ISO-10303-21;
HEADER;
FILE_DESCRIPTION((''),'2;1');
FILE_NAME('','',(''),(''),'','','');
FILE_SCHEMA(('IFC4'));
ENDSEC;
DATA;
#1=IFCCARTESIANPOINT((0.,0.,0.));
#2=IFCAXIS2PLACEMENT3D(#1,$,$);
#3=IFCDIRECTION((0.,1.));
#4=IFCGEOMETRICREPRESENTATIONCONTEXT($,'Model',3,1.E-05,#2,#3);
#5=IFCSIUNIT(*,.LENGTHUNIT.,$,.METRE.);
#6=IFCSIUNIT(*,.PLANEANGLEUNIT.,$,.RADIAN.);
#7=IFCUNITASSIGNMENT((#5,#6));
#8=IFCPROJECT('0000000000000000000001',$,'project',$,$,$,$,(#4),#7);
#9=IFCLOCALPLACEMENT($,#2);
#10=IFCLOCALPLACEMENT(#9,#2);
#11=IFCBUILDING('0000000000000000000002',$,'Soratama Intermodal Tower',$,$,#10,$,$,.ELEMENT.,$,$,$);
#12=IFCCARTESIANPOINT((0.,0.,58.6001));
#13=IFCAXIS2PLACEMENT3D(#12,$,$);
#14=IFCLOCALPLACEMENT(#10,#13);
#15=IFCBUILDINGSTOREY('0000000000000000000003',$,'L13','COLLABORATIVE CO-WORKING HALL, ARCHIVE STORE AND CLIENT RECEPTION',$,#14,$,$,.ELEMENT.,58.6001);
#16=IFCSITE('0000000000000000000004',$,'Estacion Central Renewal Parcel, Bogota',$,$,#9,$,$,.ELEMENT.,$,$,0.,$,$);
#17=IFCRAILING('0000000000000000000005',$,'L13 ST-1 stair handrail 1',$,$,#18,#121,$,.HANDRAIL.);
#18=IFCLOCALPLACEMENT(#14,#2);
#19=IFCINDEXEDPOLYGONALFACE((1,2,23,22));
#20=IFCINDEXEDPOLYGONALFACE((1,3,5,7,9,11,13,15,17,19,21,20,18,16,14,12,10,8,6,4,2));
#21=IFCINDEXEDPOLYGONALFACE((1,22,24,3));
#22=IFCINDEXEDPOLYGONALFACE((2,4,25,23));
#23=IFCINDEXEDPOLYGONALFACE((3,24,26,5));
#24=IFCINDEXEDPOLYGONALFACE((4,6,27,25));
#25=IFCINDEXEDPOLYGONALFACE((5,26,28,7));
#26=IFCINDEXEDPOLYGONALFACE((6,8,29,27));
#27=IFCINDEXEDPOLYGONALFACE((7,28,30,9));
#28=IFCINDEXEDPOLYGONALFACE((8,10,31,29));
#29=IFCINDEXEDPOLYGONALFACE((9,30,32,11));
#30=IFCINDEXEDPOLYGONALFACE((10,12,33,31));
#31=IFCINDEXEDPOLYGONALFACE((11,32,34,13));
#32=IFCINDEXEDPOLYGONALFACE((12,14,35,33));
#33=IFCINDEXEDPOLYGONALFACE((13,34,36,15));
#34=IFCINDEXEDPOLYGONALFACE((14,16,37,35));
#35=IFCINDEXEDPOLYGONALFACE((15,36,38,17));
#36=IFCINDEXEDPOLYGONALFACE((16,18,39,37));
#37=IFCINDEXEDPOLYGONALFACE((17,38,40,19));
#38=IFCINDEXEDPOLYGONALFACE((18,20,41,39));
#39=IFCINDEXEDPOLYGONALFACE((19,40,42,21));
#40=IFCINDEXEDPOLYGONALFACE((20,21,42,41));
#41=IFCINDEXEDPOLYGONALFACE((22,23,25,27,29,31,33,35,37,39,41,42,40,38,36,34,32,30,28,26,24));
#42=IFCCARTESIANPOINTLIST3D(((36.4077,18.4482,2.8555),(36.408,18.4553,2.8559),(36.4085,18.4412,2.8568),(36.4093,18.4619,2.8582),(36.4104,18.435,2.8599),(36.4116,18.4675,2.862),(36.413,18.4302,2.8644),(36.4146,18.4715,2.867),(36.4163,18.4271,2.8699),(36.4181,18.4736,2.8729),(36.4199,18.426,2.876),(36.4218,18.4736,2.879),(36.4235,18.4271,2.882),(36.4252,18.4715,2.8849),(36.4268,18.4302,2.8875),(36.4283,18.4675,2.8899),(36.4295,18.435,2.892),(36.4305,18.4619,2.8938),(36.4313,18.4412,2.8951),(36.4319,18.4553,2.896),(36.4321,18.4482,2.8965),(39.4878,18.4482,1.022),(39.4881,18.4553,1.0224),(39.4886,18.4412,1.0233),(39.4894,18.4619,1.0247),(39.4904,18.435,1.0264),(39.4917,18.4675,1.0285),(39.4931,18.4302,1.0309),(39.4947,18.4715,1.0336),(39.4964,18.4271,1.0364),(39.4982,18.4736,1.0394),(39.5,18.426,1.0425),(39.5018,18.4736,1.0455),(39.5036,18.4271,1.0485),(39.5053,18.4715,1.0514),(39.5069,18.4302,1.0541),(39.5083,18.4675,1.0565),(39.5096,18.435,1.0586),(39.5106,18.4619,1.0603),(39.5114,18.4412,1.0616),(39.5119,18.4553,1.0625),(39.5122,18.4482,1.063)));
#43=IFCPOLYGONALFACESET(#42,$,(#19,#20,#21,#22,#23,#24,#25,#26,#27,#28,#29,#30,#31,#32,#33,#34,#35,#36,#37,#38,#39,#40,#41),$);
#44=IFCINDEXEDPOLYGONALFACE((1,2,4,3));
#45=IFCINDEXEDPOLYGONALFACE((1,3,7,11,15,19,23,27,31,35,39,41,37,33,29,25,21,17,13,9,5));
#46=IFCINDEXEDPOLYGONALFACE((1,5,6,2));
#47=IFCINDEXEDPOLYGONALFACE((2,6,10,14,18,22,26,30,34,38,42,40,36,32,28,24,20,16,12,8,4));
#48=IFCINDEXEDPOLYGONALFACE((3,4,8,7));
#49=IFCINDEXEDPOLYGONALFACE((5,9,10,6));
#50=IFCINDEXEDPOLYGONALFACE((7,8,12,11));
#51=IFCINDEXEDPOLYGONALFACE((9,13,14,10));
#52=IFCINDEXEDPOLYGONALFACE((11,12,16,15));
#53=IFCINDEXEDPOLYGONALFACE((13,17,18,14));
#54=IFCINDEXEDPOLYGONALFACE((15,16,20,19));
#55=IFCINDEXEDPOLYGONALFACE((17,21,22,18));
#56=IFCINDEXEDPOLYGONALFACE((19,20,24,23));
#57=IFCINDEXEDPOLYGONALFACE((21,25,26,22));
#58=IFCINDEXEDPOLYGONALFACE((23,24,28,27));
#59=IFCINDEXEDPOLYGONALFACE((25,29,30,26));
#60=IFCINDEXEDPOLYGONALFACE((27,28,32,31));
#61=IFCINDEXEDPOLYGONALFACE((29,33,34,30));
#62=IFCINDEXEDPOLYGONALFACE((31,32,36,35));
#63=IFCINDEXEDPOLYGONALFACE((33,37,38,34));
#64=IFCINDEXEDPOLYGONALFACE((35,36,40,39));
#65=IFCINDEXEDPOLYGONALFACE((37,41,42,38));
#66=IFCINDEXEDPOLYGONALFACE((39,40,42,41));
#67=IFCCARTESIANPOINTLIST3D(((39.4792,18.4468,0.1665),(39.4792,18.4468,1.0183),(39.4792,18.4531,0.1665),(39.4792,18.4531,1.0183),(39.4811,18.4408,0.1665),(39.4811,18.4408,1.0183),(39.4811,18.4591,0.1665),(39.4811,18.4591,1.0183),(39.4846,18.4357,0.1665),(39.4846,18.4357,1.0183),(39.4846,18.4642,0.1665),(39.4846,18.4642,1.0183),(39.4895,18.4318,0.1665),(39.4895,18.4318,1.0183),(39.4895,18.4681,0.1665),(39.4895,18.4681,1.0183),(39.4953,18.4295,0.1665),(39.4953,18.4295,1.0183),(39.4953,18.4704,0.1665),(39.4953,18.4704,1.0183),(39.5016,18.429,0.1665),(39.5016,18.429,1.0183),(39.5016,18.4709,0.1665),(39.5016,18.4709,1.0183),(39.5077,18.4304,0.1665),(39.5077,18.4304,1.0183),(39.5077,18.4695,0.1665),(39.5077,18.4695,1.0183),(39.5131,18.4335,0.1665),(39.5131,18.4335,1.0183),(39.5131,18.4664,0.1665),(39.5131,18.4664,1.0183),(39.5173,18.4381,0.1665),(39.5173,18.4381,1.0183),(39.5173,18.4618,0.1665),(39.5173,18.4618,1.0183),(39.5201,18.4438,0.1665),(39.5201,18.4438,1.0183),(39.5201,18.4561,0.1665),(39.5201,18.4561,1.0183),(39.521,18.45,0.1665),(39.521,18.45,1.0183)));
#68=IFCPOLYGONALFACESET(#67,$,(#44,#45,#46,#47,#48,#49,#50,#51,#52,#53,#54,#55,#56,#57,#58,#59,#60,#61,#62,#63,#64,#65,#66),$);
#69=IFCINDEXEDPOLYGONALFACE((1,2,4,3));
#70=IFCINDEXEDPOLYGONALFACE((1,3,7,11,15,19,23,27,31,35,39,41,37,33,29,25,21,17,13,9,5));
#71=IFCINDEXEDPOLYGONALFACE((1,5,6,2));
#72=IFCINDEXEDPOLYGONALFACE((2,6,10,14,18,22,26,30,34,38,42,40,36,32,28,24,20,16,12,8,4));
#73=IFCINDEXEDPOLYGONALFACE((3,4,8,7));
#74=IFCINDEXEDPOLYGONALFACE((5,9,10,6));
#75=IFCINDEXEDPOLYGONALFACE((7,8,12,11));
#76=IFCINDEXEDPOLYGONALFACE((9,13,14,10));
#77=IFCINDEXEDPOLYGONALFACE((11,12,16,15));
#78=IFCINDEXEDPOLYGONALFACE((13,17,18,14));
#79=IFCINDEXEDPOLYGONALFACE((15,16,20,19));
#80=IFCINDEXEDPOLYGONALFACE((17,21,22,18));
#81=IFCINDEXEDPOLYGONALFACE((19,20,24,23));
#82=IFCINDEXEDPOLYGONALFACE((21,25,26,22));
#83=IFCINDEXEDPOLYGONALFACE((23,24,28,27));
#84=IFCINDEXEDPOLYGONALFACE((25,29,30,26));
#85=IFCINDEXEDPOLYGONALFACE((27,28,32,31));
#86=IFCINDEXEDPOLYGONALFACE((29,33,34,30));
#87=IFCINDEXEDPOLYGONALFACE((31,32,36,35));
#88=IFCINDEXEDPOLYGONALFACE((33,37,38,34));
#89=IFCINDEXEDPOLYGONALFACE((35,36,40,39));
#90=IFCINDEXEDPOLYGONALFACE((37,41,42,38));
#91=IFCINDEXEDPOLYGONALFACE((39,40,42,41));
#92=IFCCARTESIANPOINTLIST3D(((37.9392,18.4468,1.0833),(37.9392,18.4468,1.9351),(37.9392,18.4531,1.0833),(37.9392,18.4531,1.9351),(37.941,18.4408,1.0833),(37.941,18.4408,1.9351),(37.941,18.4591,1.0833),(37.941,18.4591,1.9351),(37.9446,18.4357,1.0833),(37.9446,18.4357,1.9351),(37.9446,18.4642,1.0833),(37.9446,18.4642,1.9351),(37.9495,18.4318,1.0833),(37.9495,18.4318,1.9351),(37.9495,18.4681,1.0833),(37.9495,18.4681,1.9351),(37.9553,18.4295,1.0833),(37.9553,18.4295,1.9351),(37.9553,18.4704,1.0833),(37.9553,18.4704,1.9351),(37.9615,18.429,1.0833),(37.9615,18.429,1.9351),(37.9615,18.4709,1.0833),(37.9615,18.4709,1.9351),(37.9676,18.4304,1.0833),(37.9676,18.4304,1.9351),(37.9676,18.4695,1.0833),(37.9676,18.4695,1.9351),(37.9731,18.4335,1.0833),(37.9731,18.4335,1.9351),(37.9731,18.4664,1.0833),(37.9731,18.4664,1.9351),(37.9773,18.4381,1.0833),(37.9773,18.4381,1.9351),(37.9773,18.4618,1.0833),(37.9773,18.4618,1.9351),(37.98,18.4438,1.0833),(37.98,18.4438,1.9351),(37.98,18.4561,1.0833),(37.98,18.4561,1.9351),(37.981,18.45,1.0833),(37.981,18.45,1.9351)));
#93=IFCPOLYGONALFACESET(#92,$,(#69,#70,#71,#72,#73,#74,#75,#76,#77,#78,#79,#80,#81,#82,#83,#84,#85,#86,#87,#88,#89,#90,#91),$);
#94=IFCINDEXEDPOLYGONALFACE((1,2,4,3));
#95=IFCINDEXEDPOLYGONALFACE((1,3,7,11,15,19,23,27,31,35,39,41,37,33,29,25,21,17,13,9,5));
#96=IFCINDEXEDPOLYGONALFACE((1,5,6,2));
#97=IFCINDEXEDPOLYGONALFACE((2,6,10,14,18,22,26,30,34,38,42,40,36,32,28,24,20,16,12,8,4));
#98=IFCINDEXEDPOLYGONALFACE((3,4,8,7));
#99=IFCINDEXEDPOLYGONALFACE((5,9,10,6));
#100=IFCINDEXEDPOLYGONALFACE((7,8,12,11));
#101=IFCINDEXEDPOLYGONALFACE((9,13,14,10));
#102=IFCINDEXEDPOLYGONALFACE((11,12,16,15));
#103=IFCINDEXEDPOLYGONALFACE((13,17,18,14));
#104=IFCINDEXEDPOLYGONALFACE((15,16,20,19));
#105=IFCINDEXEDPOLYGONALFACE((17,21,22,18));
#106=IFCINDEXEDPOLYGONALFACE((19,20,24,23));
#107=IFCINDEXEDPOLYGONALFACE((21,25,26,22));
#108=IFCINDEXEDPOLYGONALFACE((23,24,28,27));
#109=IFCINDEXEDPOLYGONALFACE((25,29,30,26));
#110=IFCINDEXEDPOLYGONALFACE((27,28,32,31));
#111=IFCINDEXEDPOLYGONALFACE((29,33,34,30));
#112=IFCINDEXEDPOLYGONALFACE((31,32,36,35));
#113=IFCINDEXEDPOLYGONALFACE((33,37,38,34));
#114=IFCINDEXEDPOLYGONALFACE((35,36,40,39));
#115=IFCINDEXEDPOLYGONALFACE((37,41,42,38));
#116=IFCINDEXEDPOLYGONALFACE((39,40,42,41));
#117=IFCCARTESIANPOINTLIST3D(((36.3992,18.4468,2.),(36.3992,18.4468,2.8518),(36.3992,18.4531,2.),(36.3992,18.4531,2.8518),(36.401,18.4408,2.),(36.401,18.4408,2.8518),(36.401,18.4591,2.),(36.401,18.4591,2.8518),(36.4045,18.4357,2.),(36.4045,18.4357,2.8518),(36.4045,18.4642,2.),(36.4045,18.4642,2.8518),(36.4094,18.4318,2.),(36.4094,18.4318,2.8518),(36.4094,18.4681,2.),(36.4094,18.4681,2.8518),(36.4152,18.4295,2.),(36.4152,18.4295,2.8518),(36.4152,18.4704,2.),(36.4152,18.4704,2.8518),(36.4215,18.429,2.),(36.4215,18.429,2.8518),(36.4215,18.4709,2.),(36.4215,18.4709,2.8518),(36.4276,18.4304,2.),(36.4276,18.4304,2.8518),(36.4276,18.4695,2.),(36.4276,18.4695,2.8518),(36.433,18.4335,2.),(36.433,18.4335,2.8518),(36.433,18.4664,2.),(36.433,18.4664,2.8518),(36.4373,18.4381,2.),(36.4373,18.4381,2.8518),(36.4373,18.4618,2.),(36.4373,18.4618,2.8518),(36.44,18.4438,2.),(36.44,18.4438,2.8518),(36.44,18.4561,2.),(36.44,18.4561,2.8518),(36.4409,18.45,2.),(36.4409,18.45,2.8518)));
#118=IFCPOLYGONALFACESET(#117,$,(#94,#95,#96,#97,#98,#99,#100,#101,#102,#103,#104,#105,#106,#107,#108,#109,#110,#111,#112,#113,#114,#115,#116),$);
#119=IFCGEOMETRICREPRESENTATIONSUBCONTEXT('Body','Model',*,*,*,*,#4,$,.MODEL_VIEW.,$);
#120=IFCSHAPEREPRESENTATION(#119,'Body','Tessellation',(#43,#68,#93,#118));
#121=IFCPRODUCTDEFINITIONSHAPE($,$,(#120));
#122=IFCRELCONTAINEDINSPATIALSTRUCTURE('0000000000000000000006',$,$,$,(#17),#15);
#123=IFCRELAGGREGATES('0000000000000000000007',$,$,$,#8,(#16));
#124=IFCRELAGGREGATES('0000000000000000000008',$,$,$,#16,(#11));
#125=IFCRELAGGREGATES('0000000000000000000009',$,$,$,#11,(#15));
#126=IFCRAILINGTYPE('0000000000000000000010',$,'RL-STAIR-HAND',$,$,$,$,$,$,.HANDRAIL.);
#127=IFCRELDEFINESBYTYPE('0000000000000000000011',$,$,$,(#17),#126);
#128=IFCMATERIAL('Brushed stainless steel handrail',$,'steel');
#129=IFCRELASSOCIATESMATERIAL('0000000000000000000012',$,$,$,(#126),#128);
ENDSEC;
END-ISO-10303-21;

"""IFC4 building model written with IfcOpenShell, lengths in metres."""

from ifc_helpers import new_model, si_unit, direction, frame, origin, origin_2d, place, context, subcontext, project, spatial, circle, extrude, material, type_object, element, save


model = new_model("IFC4")

# Units and contexts
model_context = context("Model", 3, precision=1e-05, world=origin(), true_north=direction((0.0, 1.0)))
body_context = subcontext(model_context, "Body", "Model", "MODEL_VIEW")
ifc_project = project(units=[si_unit("LENGTHUNIT", "METRE"), si_unit("PLANEANGLEUNIT", "RADIAN")], contexts=[model_context])

# Site, building, storey
site_placement = place(None, origin())
site = spatial("IfcSite", under=ifc_project, at=site_placement, Name="Estacion Central Renewal Parcel, Bogota", CompositionType="ELEMENT", RefElevation=0.0)
building_placement = place(site_placement, origin())
building = spatial("IfcBuilding", under=site, at=building_placement, Name="Soratama Intermodal Tower", CompositionType="ELEMENT")
storey_placement = place(building_placement, frame((0.0, 0.0, 58.6001)))
storey = spatial("IfcBuildingStorey", under=building, at=storey_placement, Name="L13", Description="COLLABORATIVE CO-WORKING HALL, ARCHIVE STORE AND CLIENT RECEPTION", CompositionType="ELEMENT", Elevation=58.6001)

# Railing
ifc_material_1 = material(Name="Brushed stainless steel handrail", Category="steel")
railing_type_1 = type_object("IfcRailingType", Name="RL-STAIR-HAND", PredefinedType="HANDRAIL", material=ifc_material_1)
railing_1_placement = place(storey_placement, frame((39.5, 18.45, 0.1665)))
element("IfcRailing", 1, at=railing_1_placement, inside=storey, type_object=railing_type_1, Name="L13 ST-1 stair handrail 1", PredefinedType="HANDRAIL", context=body_context, shape_type="SweptSolid", body=[
    extrude(circle(Radius=0.0239, at=origin_2d()), frame((0.0, 0.0, 0.876), z_axis=(-0.859279, 0.0, 0.511508), x_axis=(0.0, -1.0, 0.0)), (0.0, 0.0, 1.0), 3.5845),
    extrude(circle(Radius=0.021, at=origin_2d()), origin(), (0.0, 0.0, 1.0), 0.8518),
    extrude(circle(Radius=0.021, at=origin_2d()), frame((-1.54, 0.0, 0.9167)), (0.0, 0.0, 1.0), 0.8518),
    extrude(circle(Radius=0.021, at=origin_2d()), frame((-3.0801, 0.0, 1.8335)), (0.0, 0.0, 1.0), 0.8518),
])

save(model, "model.ifc")
